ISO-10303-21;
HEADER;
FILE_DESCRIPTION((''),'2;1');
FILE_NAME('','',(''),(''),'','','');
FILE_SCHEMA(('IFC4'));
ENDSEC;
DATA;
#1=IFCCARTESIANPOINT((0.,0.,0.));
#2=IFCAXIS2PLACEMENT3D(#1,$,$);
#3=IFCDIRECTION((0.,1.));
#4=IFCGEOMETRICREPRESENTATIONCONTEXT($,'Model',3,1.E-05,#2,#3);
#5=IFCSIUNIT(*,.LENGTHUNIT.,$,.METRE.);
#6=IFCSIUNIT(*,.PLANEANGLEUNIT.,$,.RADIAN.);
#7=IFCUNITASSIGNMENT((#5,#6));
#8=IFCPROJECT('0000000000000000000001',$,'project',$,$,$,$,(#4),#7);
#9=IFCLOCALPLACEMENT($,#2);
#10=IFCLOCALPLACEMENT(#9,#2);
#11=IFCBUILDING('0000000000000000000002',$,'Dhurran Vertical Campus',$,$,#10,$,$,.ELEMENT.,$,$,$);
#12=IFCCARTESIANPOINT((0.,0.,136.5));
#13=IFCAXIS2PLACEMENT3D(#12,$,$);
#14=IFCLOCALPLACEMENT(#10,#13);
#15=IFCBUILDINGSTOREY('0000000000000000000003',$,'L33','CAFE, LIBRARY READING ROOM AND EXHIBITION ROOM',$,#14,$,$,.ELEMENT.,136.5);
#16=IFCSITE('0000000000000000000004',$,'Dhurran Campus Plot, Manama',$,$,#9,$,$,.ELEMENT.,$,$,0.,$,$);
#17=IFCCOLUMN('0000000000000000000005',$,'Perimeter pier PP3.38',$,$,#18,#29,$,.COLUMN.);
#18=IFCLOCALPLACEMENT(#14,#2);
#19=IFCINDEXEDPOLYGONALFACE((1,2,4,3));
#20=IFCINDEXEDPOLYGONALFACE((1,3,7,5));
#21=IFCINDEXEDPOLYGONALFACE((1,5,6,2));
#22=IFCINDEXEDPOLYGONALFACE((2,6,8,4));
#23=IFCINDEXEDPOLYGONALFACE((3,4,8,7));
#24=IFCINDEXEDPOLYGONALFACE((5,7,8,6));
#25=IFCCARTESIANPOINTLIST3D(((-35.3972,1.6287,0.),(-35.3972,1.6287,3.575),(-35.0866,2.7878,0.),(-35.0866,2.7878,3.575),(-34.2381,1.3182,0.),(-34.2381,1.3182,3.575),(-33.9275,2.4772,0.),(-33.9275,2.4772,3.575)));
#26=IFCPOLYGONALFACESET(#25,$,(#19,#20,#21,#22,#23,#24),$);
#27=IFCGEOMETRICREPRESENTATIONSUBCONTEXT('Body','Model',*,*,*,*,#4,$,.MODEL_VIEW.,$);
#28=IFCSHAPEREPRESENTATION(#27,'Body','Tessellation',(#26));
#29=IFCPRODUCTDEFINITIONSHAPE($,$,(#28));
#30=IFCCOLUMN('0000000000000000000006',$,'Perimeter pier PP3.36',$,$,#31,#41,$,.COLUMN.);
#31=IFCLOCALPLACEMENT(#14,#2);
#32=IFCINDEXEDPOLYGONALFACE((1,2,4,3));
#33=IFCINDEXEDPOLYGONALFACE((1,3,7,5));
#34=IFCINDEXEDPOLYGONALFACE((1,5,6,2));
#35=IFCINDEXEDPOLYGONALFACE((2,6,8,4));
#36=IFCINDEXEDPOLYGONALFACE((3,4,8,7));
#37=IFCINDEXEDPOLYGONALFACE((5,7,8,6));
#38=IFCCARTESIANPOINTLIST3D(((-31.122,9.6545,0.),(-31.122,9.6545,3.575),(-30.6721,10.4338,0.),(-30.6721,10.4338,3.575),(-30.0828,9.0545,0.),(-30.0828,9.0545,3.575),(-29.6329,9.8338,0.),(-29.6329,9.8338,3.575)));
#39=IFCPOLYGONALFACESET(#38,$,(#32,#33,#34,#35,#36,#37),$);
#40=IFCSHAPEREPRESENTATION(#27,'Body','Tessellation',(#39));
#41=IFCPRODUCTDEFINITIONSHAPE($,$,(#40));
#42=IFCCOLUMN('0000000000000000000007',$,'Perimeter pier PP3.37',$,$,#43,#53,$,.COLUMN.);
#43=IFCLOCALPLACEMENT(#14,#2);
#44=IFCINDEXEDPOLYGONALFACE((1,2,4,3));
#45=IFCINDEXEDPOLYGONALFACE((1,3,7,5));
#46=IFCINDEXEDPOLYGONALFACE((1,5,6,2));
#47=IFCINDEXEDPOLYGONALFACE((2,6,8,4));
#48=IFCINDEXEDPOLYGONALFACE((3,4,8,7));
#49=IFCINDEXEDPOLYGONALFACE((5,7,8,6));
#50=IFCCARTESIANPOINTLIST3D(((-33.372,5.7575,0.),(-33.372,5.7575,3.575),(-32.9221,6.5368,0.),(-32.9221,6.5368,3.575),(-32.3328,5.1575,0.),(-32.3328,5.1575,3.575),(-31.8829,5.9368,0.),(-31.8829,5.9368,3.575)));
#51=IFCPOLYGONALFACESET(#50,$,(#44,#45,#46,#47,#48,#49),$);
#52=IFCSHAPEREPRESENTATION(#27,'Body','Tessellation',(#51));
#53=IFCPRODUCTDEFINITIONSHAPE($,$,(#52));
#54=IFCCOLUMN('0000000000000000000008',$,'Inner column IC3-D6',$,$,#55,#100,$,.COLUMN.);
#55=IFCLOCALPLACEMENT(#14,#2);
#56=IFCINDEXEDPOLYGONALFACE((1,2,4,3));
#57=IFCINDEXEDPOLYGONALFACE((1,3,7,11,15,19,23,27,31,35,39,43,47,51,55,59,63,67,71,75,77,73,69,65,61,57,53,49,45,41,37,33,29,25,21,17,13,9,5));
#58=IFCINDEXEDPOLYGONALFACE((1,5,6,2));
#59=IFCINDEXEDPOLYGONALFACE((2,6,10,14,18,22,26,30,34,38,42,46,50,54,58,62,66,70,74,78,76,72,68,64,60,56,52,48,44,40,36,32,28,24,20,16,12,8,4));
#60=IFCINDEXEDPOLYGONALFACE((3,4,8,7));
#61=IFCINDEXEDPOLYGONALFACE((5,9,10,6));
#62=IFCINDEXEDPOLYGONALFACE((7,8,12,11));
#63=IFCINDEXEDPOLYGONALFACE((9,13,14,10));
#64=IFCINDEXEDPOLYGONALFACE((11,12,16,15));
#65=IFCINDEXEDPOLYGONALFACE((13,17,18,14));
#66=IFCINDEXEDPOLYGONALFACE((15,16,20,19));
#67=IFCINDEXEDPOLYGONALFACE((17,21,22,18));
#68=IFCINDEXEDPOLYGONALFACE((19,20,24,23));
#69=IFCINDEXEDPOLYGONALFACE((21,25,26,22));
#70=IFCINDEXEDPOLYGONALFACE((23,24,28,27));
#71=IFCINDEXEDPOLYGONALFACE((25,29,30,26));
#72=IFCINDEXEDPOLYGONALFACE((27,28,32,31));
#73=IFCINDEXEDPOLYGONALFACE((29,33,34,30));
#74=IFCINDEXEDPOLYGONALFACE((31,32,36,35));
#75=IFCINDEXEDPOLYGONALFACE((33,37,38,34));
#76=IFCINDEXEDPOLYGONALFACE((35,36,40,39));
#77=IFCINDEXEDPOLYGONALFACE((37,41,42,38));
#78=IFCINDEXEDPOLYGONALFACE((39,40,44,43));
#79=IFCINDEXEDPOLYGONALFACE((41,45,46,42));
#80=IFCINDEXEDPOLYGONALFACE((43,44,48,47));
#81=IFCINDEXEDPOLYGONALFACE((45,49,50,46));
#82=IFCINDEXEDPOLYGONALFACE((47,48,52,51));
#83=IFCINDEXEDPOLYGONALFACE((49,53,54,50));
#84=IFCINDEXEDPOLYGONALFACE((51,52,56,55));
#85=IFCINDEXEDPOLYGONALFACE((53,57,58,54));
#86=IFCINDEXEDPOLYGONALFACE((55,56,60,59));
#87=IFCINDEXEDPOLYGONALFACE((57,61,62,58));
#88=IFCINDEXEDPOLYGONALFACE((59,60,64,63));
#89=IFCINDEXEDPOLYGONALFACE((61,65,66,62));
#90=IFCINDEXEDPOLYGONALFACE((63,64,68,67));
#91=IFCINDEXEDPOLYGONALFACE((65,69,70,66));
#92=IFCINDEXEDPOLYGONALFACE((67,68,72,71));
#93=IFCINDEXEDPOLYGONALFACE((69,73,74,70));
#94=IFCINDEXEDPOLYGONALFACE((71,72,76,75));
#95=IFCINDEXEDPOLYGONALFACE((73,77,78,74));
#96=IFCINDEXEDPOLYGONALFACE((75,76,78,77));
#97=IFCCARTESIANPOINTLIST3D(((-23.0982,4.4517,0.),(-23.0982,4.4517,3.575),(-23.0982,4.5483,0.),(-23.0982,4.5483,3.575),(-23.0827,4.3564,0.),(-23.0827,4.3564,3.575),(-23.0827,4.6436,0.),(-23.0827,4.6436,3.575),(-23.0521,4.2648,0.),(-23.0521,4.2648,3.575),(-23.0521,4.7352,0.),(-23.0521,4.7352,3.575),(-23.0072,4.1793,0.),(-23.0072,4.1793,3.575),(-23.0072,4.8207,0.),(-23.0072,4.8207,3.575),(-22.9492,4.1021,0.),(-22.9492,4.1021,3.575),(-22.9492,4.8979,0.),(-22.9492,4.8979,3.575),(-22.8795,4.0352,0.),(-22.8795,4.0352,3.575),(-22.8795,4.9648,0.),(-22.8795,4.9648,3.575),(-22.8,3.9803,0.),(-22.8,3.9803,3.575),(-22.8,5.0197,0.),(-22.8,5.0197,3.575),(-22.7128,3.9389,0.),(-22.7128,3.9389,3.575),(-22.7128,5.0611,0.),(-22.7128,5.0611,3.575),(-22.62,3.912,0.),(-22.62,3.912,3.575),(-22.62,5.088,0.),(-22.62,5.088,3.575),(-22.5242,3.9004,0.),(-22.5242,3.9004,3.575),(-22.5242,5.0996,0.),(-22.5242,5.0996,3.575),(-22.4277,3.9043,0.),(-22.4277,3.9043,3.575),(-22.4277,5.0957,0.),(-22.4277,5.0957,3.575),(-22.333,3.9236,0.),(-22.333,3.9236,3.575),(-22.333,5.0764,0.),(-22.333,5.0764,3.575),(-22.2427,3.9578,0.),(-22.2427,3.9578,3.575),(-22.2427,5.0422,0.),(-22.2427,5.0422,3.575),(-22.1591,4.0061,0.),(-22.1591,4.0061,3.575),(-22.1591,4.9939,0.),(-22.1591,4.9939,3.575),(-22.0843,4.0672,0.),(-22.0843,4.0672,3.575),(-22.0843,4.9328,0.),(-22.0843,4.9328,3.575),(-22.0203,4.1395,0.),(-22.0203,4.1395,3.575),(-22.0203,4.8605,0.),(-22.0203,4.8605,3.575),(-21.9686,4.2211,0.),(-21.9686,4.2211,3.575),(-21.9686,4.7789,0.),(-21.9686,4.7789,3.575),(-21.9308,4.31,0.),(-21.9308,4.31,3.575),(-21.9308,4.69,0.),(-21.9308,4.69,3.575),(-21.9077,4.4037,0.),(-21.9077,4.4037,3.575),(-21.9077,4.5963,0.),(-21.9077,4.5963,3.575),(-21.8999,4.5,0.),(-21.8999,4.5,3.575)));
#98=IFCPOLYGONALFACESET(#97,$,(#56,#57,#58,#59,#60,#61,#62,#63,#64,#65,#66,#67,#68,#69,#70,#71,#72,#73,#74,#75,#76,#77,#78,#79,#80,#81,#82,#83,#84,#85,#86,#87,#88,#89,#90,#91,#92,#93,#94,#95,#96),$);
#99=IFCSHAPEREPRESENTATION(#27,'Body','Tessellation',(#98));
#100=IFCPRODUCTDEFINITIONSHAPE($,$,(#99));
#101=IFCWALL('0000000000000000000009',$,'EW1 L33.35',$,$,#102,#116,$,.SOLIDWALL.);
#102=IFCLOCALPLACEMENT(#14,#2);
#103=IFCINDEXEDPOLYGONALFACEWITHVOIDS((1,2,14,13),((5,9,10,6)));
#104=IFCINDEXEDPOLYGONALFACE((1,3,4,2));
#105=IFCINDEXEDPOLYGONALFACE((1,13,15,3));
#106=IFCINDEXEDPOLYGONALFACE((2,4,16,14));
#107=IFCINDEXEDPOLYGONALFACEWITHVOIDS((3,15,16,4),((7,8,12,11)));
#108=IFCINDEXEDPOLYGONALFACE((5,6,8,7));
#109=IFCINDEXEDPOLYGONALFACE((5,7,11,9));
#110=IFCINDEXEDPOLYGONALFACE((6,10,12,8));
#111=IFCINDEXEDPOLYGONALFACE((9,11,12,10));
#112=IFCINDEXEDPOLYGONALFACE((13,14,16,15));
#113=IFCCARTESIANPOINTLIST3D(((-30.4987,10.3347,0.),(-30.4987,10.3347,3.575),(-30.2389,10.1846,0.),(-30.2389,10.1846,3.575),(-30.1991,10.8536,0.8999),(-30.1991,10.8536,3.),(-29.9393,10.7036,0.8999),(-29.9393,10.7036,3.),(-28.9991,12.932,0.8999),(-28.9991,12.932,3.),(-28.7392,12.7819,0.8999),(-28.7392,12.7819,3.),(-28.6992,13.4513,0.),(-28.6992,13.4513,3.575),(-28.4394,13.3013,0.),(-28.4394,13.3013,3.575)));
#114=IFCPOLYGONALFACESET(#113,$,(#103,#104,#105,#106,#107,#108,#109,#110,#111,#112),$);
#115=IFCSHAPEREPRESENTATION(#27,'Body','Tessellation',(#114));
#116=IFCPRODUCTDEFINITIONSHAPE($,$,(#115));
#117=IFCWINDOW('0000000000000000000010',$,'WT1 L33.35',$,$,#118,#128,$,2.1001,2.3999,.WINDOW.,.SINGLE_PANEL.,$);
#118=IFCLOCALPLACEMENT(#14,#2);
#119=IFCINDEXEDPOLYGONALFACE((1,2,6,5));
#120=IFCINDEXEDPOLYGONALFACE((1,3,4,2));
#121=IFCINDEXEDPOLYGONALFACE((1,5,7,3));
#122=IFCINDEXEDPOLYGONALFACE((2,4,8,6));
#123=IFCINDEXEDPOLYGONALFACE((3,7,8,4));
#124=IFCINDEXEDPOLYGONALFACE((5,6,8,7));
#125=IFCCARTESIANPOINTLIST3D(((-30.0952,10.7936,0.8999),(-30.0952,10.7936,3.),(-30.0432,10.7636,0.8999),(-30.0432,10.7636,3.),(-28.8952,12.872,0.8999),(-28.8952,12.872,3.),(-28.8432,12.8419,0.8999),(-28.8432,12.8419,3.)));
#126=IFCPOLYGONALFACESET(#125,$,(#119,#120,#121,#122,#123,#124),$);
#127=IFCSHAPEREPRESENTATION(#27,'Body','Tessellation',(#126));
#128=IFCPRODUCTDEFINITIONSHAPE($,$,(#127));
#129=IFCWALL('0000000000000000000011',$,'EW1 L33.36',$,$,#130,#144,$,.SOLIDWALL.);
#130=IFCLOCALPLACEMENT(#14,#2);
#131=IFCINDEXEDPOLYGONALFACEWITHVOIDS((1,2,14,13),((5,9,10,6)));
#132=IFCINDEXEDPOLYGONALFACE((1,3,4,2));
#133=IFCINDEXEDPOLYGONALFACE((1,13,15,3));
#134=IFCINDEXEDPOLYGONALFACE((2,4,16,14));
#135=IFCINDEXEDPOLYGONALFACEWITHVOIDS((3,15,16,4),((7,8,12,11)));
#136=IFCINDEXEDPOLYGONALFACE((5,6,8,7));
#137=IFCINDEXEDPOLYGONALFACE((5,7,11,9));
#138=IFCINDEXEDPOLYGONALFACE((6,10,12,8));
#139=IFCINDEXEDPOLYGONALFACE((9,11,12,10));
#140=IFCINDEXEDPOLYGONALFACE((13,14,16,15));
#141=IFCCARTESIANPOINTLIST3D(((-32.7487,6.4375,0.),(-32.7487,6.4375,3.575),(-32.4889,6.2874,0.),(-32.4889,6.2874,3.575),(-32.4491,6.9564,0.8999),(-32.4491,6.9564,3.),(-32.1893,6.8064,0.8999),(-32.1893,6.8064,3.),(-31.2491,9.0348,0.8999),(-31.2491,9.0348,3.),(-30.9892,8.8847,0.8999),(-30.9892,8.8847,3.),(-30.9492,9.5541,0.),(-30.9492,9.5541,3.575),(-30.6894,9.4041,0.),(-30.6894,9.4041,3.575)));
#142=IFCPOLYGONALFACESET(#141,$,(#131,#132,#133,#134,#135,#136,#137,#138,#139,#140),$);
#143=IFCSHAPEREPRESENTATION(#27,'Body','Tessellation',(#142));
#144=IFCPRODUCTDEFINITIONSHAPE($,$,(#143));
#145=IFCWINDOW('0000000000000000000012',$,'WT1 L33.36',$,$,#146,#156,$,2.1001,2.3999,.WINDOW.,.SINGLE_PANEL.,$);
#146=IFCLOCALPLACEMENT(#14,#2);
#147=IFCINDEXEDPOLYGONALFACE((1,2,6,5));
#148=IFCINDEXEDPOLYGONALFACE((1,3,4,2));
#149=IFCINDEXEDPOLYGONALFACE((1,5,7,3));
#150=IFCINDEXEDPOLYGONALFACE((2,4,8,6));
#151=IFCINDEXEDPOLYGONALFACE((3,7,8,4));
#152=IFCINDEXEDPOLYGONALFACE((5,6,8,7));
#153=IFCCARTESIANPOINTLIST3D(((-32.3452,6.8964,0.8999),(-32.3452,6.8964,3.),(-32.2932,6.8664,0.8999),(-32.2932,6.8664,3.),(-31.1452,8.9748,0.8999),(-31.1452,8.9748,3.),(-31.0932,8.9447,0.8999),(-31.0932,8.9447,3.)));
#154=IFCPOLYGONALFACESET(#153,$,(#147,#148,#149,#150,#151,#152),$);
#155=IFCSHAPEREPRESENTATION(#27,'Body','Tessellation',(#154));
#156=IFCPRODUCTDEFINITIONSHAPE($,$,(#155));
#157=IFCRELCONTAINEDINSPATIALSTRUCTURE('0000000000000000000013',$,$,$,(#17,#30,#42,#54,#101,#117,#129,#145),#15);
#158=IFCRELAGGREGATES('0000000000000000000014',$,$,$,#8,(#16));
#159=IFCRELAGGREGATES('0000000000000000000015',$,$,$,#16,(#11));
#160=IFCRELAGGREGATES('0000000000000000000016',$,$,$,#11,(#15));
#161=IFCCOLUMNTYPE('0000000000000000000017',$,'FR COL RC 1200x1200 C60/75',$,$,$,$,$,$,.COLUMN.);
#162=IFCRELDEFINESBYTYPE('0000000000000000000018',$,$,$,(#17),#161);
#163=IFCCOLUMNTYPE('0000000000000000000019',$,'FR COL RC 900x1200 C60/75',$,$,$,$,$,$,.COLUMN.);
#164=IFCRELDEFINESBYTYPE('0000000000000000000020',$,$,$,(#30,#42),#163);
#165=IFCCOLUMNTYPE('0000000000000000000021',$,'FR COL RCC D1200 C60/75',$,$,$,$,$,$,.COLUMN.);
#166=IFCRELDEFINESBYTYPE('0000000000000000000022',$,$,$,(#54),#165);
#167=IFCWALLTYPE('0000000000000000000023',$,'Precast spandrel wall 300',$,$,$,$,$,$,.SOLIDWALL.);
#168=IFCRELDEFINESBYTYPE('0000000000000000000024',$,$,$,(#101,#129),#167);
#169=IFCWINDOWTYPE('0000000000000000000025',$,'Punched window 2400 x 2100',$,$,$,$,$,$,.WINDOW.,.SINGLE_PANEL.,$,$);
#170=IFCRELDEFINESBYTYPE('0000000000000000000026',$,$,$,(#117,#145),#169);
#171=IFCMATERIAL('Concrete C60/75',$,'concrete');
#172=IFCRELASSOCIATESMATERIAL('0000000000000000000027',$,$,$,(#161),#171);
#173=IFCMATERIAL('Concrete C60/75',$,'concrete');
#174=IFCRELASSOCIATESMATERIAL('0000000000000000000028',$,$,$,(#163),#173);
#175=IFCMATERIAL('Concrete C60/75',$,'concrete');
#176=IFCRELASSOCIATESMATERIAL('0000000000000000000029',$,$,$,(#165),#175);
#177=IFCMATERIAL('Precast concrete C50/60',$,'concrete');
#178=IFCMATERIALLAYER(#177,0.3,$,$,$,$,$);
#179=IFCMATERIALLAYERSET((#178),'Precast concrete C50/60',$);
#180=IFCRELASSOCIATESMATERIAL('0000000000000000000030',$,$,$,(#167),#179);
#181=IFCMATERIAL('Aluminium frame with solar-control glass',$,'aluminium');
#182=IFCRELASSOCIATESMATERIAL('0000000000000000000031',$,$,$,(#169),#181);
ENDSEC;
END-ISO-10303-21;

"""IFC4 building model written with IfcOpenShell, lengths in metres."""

from ifc_helpers import new_model, si_unit, direction, frame, frame_2d, origin, origin_2d, place, context, subcontext, project, spatial, rectangle, circle, extrude, material, layer, layer_set, material_profile, profile_set, type_object, element, fill, save


model = new_model("IFC4")

# Units and contexts
model_context = context("Model", 3, precision=1e-05, world=origin(), true_north=direction((0.0, 1.0)))
body_context = subcontext(model_context, "Body", "Model", "MODEL_VIEW")
ifc_project = project(units=[si_unit("LENGTHUNIT", "METRE"), si_unit("PLANEANGLEUNIT", "RADIAN")], contexts=[model_context])

# Site, building, storey
site_placement = place(None, origin())
site = spatial("IfcSite", under=ifc_project, at=site_placement, Name="Dhurran Campus Plot, Manama", CompositionType="ELEMENT", RefElevation=0.0)
building_placement = place(site_placement, origin())
building = spatial("IfcBuilding", under=site, at=building_placement, Name="Dhurran Vertical Campus", CompositionType="ELEMENT")
storey_placement = place(building_placement, frame((0.0, 0.0, 136.5)))
storey = spatial("IfcBuildingStorey", under=building, at=storey_placement, Name="L33", Description="CAFE, LIBRARY READING ROOM AND EXHIBITION ROOM", CompositionType="ELEMENT", Elevation=136.5)

# Columns
ifc_material_1 = material(Name="Concrete C60/75", Category="concrete")
ifc_material_profile_1 = material_profile(ifc_material_1, rectangle(XDim=1.2, YDim=1.2, at=origin_2d()), Name="RC 1200x1200")
ifc_profile_set_1 = profile_set([ifc_material_profile_1], Name="Concrete C60/75")
column_type_1 = type_object("IfcColumnType", Name="FR COL RC 1200x1200 C60/75", PredefinedType="COLUMN", material=ifc_profile_set_1)
column_1_placement = place(storey_placement, frame((-34.6624, 2.053, 0.0), z_axis=(0.0, 0.0, 1.0), x_axis=(-0.258819, -0.965926, 0.0)))
element("IfcColumn", 1, at=column_1_placement, inside=storey, type_object=column_type_1, Name="Perimeter pier PP3.38", PredefinedType="COLUMN", context=body_context, shape_type="SweptSolid", body=[
    extrude(rectangle(XDim=1.2, YDim=1.2, at=origin_2d()), origin(), (0.0, 0.0, 1.0), 3.575),
])
ifc_material_2 = material(Name="Concrete C60/75", Category="concrete")
ifc_material_profile_2 = material_profile(ifc_material_2, rectangle(XDim=0.8999, YDim=1.2, at=origin_2d()), Name="RC 900x1200")
ifc_profile_set_2 = profile_set([ifc_material_profile_2], Name="Concrete C60/75")
column_type_2 = type_object("IfcColumnType", Name="FR COL RC 900x1200 C60/75", PredefinedType="COLUMN", material=ifc_profile_set_2)
for number, where, z_axis, x_axis, name in (
    (2, (-30.3774, 9.7441, 0.0), (0.0, 0.0, 1.0), (-0.5, -0.866025, 0.0), "Perimeter pier PP3.36"),
    (3, (-32.6274, 5.8472, 0.0), (0.0, 0.0, 1.0), (-0.5, -0.866025, 0.0), "Perimeter pier PP3.37"),
):
    element("IfcColumn", number, at=place(storey_placement, frame(where, z_axis=z_axis, x_axis=x_axis)), inside=storey, type_object=column_type_2, Name=name, PredefinedType="COLUMN", context=body_context, shape_type="SweptSolid", body=[
        extrude(rectangle(XDim=0.8999, YDim=1.2, at=origin_2d()), origin(), (0.0, 0.0, 1.0), 3.575),
    ])
ifc_material_3 = material(Name="Concrete C60/75", Category="concrete")
ifc_material_profile_3 = material_profile(ifc_material_3, circle(Radius=0.6001, at=origin_2d()), Name="RCC D1200")
ifc_profile_set_3 = profile_set([ifc_material_profile_3], Name="Concrete C60/75")
column_type_3 = type_object("IfcColumnType", Name="FR COL RCC D1200 C60/75", PredefinedType="COLUMN", material=ifc_profile_set_3)
column_2_placement = place(storey_placement, frame((-22.5, 4.5, 0.0), z_axis=(0.0, 0.0, 1.0), x_axis=(1.0, 0.0, 0.0)))
element("IfcColumn", 4, at=column_2_placement, inside=storey, type_object=column_type_3, Name="Inner column IC3-D6", PredefinedType="COLUMN", context=body_context, shape_type="SweptSolid", body=[
    extrude(circle(Radius=0.6001, at=origin_2d()), origin(), (0.0, 0.0, 1.0), 3.575),
])

# Walls, openings, windows
ifc_material_4 = material(Name="Precast concrete C50/60", Category="concrete")
ifc_layer_1 = layer(ifc_material_4, 0.3)
ifc_layer_set_1 = layer_set([ifc_layer_1], Name="Precast concrete C50/60")
wall_type_1 = type_object("IfcWallType", Name="Precast spandrel wall 300", PredefinedType="SOLIDWALL", material=ifc_layer_set_1)
wall_1_placement = place(storey_placement, frame((-28.5693, 13.3762, 0.0), z_axis=(0.0, 0.0, 1.0), x_axis=(-0.500028, -0.866009, 0.0)))
wall_1 = element("IfcWall", 5, at=wall_1_placement, inside=storey, type_object=wall_type_1, Name="EW1 L33.35", PredefinedType="SOLIDWALL", context=body_context, shape_type="SweptSolid", body=[
    extrude(rectangle(XDim=3.5989, YDim=0.3, at=frame_2d((1.7993, 0.0))), origin(), (0.0, 0.0, 1.0), 3.575),
])
opening_1_placement = place(wall_1_placement, frame((0.5996, 0.0, 0.8999)))
opening_1 = element("IfcOpeningElement", 6, at=opening_1_placement, cuts=wall_1, PredefinedType="OPENING", context=body_context, shape_type="SweptSolid", body=[
    extrude(rectangle(XDim=2.3999, YDim=2.1001, at=frame_2d((1.2, 1.05))), frame((0.0, 0.1599, 0.0), z_axis=(0.0, -1.0, 0.0), x_axis=(1.0, 0.0, 0.0)), (0.0, 0.0, 1.0), 0.3201),
])
ifc_material_5 = material(Name="Aluminium frame with solar-control glass", Category="aluminium")
window_type = type_object("IfcWindowType", Name="Punched window 2400 x 2100", PartitioningType="SINGLE_PANEL", PredefinedType="WINDOW", material=ifc_material_5)
window_1_placement = place(opening_1_placement, origin())
window_1 = element("IfcWindow", 7, at=window_1_placement, inside=storey, type_object=window_type, Name="WT1 L33.35", OverallHeight=2.1001, OverallWidth=2.3999, PartitioningType="SINGLE_PANEL", PredefinedType="WINDOW", context=body_context, shape_type="SweptSolid", body=[
    extrude(rectangle(XDim=2.3999, YDim=2.1001, at=frame_2d((1.2, 1.05))), frame((0.0, 0.03, 0.0), z_axis=(0.0, -1.0, 0.0), x_axis=(1.0, 0.0, 0.0)), (0.0, 0.0, 1.0), 0.0601),
])
fill(opening_1, window_1)
wall_2_placement = place(storey_placement, frame((-30.8193, 9.479, 0.0), z_axis=(0.0, 0.0, 1.0), x_axis=(-0.500028, -0.866009, 0.0)))
wall_2 = element("IfcWall", 8, at=wall_2_placement, inside=storey, type_object=wall_type_1, Name="EW1 L33.36", PredefinedType="SOLIDWALL", context=body_context, shape_type="SweptSolid", body=[
    extrude(rectangle(XDim=3.5989, YDim=0.3, at=frame_2d((1.7993, 0.0))), origin(), (0.0, 0.0, 1.0), 3.575),
])
opening_2_placement = place(wall_2_placement, frame((0.5996, 0.0, 0.8999)))
opening_2 = element("IfcOpeningElement", 9, at=opening_2_placement, cuts=wall_2, PredefinedType="OPENING", context=body_context, shape_type="SweptSolid", body=[
    extrude(rectangle(XDim=2.3999, YDim=2.1001, at=frame_2d((1.2, 1.05))), frame((0.0, 0.1599, 0.0), z_axis=(0.0, -1.0, 0.0), x_axis=(1.0, 0.0, 0.0)), (0.0, 0.0, 1.0), 0.3201),
])
window_2_placement = place(opening_2_placement, origin())
window_2 = element("IfcWindow", 10, at=window_2_placement, inside=storey, type_object=window_type, Name="WT1 L33.36", OverallHeight=2.1001, OverallWidth=2.3999, PartitioningType="SINGLE_PANEL", PredefinedType="WINDOW", context=body_context, shape_type="SweptSolid", body=[
    extrude(rectangle(XDim=2.3999, YDim=2.1001, at=frame_2d((1.2, 1.05))), frame((0.0, 0.03, 0.0), z_axis=(0.0, -1.0, 0.0), x_axis=(1.0, 0.0, 0.0)), (0.0, 0.0, 1.0), 0.0601),
])
fill(opening_2, window_2)

save(model, "model.ifc")
